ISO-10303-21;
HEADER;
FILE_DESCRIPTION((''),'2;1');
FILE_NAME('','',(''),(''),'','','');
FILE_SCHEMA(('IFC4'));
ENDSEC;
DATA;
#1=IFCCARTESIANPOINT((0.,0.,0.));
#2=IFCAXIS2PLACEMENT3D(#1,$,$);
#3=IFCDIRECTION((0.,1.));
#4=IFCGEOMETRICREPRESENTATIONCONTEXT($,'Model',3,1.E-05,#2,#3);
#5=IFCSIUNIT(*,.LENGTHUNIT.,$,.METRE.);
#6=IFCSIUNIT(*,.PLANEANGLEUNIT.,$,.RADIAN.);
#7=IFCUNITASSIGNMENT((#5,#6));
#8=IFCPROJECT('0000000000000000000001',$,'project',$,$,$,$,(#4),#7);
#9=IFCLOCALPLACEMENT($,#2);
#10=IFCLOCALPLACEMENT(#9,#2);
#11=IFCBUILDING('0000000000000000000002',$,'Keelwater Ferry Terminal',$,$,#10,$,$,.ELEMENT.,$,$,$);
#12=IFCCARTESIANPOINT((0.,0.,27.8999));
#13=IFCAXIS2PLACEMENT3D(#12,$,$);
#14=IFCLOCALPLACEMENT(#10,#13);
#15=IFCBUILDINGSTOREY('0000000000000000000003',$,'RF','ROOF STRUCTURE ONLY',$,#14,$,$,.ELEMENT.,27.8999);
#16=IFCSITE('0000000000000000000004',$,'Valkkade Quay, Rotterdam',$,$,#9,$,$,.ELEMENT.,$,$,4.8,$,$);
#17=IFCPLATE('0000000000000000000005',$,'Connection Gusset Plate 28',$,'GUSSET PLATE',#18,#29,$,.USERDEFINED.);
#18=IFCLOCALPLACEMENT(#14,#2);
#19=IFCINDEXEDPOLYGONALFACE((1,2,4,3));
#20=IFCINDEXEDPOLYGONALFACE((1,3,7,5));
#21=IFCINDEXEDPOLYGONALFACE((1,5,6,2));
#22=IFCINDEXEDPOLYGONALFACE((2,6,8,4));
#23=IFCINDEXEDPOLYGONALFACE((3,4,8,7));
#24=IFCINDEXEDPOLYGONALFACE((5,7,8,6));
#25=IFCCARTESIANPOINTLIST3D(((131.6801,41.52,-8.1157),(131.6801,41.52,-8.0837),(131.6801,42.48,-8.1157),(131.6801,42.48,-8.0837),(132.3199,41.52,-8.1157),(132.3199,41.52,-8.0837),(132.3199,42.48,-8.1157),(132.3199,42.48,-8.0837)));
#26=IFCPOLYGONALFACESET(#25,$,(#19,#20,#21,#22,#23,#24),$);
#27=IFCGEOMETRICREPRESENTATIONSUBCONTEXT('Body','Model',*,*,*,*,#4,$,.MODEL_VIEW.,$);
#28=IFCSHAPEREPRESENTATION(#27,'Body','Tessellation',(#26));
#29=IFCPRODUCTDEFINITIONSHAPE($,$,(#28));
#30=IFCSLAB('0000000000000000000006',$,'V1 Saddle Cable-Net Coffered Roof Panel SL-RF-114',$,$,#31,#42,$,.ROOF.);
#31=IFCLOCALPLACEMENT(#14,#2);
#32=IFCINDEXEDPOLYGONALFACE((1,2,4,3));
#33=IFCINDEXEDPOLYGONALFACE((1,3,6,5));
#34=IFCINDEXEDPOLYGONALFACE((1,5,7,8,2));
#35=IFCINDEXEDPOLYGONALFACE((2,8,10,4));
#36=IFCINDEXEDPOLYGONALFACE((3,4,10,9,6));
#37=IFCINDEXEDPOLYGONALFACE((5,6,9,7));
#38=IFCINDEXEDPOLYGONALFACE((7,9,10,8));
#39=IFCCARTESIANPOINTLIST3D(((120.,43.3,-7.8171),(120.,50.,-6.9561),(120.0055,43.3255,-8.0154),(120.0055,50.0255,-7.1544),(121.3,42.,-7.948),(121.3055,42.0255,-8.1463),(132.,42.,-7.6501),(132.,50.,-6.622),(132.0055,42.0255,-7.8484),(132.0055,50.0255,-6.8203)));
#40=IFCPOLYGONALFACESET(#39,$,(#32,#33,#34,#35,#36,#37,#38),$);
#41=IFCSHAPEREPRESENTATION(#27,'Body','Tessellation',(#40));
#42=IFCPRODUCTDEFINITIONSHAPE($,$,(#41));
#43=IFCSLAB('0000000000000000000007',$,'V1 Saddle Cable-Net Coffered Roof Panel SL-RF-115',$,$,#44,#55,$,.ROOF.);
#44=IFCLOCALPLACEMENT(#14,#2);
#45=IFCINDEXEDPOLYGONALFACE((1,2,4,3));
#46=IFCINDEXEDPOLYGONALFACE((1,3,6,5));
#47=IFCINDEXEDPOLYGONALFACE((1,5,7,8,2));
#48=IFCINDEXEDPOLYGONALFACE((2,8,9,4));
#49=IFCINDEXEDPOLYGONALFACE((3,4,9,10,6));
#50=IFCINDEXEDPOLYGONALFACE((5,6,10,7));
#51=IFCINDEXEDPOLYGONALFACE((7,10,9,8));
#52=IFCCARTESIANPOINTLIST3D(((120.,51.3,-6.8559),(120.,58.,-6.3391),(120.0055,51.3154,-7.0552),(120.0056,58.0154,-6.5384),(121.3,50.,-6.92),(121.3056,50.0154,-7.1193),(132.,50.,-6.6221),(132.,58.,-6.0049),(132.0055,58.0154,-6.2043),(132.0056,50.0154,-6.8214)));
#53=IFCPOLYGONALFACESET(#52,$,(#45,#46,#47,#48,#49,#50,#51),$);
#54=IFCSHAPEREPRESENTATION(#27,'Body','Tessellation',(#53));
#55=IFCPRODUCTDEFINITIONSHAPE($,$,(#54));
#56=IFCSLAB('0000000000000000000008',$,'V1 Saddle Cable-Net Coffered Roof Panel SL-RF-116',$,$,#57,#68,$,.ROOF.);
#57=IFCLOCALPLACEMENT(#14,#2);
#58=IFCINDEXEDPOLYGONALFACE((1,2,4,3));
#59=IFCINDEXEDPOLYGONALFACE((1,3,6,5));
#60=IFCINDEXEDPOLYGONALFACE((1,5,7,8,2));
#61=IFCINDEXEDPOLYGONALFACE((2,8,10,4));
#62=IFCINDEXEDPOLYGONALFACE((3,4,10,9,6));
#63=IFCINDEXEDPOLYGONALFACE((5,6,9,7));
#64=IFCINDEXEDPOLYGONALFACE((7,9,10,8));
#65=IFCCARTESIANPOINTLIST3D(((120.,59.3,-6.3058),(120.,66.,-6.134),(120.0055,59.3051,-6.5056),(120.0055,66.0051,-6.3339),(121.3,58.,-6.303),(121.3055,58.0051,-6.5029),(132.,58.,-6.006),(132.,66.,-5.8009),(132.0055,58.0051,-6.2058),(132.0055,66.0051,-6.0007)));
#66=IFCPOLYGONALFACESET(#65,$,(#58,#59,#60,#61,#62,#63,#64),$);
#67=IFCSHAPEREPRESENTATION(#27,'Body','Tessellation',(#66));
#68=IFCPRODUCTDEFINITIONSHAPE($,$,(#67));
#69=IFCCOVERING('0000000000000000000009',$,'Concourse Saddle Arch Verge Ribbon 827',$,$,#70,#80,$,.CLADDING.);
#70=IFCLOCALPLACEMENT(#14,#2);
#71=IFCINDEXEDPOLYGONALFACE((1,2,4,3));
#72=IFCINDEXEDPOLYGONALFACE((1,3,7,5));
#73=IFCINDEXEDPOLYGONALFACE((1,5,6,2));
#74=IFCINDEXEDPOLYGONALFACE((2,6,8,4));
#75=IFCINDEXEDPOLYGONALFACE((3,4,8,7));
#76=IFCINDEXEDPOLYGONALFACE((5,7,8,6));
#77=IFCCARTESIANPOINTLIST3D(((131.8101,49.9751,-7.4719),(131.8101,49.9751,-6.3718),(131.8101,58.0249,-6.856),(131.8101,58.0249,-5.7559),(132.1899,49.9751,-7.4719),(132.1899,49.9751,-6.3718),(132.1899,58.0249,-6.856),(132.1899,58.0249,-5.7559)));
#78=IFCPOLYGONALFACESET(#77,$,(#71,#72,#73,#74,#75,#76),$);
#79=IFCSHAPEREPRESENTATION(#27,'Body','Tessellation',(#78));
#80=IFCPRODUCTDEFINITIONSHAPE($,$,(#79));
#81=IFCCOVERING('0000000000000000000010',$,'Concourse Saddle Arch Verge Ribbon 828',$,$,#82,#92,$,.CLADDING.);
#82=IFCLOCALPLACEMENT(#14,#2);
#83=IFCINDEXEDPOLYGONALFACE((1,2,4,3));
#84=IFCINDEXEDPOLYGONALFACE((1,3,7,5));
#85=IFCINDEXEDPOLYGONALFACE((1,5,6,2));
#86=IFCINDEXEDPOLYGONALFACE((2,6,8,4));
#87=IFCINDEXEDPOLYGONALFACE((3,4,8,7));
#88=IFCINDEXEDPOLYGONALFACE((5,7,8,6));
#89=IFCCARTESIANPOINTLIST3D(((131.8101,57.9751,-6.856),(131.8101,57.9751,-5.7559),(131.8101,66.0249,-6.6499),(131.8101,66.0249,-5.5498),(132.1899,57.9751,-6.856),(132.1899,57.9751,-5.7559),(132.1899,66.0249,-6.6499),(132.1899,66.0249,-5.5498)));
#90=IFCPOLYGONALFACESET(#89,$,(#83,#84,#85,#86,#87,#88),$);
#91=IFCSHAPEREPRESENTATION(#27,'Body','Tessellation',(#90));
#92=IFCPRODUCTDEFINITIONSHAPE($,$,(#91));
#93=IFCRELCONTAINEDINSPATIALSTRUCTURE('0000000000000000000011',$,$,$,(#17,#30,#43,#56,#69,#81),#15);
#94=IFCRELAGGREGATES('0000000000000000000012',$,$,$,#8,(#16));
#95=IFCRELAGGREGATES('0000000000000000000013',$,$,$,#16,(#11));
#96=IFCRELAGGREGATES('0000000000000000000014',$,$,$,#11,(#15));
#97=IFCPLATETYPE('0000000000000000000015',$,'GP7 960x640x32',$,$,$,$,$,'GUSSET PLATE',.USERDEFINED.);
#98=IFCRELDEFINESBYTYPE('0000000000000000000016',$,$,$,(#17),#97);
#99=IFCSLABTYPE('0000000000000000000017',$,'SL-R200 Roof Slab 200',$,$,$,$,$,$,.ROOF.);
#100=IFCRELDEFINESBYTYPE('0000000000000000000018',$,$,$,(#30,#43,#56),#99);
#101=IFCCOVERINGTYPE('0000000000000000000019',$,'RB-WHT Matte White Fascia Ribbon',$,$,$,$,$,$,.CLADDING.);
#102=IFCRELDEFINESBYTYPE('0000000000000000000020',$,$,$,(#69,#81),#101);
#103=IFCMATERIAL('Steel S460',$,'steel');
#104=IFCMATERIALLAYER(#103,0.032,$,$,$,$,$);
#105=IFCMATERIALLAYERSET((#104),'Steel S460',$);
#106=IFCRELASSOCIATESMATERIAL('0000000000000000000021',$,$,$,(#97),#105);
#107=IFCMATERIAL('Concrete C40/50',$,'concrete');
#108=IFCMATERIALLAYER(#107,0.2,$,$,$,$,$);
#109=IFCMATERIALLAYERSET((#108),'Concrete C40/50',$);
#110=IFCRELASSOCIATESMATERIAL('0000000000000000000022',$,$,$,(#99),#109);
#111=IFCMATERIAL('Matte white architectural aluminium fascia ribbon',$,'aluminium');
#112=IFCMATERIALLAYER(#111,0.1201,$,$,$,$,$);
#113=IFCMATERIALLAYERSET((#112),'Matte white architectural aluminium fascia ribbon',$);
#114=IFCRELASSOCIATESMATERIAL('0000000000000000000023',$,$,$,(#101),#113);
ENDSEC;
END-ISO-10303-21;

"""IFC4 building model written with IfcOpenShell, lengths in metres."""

from ifc_helpers import new_model, si_unit, direction, frame, origin, origin_with_axes, origin_2d, place, context, subcontext, project, spatial, polyline, rectangle, outline, extrude, material, layer, layer_set, type_object, element, save


model = new_model("IFC4")

# Units and contexts
model_context = context("Model", 3, precision=1e-05, world=origin(), true_north=direction((0.0, 1.0)))
body_context = subcontext(model_context, "Body", "Model", "MODEL_VIEW")
ifc_project = project(units=[si_unit("LENGTHUNIT", "METRE"), si_unit("PLANEANGLEUNIT", "RADIAN")], contexts=[model_context])

# Site, building, storey
site_placement = place(None, origin())
site = spatial("IfcSite", under=ifc_project, at=site_placement, Name="Valkkade Quay, Rotterdam", CompositionType="ELEMENT", RefElevation=4.8)
building_placement = place(site_placement, origin())
building = spatial("IfcBuilding", under=site, at=building_placement, Name="Keelwater Ferry Terminal", CompositionType="ELEMENT")
storey_placement = place(building_placement, frame((0.0, 0.0, 27.8999)))
storey = spatial("IfcBuildingStorey", under=building, at=storey_placement, Name="RF", Description="ROOF STRUCTURE ONLY", CompositionType="ELEMENT", Elevation=27.8999)

# Plate
ifc_material_1 = material(Name="Steel S460", Category="steel")
ifc_layer_1 = layer(ifc_material_1, 0.032)
ifc_layer_set_1 = layer_set([ifc_layer_1], Name="Steel S460")
plate_type = type_object("IfcPlateType", Name="GP7 960x640x32", ElementType="GUSSET PLATE", PredefinedType="USERDEFINED", material=ifc_layer_set_1)
plate_placement = place(storey_placement, frame((132.0, 42.0, -8.1157), z_axis=(0.0, 0.0, 1.0), x_axis=(0.0, 1.0, 0.0)))
element("IfcPlate", 1, at=plate_placement, inside=storey, type_object=plate_type, Name="Connection Gusset Plate 28", ObjectType="GUSSET PLATE", PredefinedType="USERDEFINED", context=body_context, shape_type="SweptSolid", body=[
    extrude(rectangle(XDim=0.96, YDim=0.6399, at=origin_2d()), origin(), (0.0, 0.0, 1.0), 0.032),
])

# Slabs
ifc_material_2 = material(Name="Concrete C40/50", Category="concrete")
ifc_layer_2 = layer(ifc_material_2, 0.2)
ifc_layer_set_2 = layer_set([ifc_layer_2], Name="Concrete C40/50")
slab_type = type_object("IfcSlabType", Name="SL-R200 Roof Slab 200", PredefinedType="ROOF", material=ifc_layer_set_2)
slab_1_placement = place(storey_placement, frame((121.3055, 42.0255, -8.1463), z_axis=(-0.027601, -0.127413, 0.991466), x_axis=(0.999619, -0.003518, 0.027376)))
element("IfcSlab", 2, at=slab_1_placement, inside=storey, type_object=slab_type, Name="V1 Saddle Cable-Net Coffered Roof Panel SL-RF-114", PredefinedType="ROOF", context=body_context, shape_type="SweptSolid", body=[
    extrude(outline(polyline([(0.0, 0.0), (10.7041, 0.038), (10.7041, 8.1038), (-1.3005, 8.0612), (-1.3005, 1.3061), (0.0, 0.0)])), origin_with_axes(), (0.0, 0.0, 1.0), 0.2),
])
slab_2_placement = place(storey_placement, frame((121.3056, 50.0154, -7.1193), z_axis=(-0.027752, -0.076883, 0.996654), x_axis=(0.999615, -0.002134, 0.02767)))
element("IfcSlab", 3, at=slab_2_placement, inside=storey, type_object=slab_type, Name="V1 Saddle Cable-Net Coffered Roof Panel SL-RF-115", PredefinedType="ROOF", context=body_context, shape_type="SweptSolid", body=[
    extrude(outline(polyline([(0.0, 0.0), (10.7041, 0.0229), (10.7041, 8.0467), (-1.3005, 8.021), (-1.3005, 1.3011), (0.0, 0.0)])), origin_with_axes(), (0.0, 0.0, 1.0), 0.2),
])
slab_3_placement = place(storey_placement, frame((121.3055, 58.0051, -6.5029), z_axis=(-0.027741, -0.025619, 0.999287), x_axis=(0.999615, -0.000711, 0.027732)))
element("IfcSlab", 4, at=slab_3_placement, inside=storey, type_object=slab_type, Name="V1 Saddle Cable-Net Coffered Roof Panel SL-RF-116", PredefinedType="ROOF", context=body_context, shape_type="SweptSolid", body=[
    extrude(outline(polyline([(0.0, 0.0), (10.7041, 0.0076), (10.7041, 8.0102), (-1.3005, 8.0017), (-1.3005, 1.2995), (0.0, 0.0)])), origin_with_axes(), (0.0, 0.0, 1.0), 0.2),
])

# Coverings
ifc_material_3 = material(Name="Matte white architectural aluminium fascia ribbon", Category="aluminium")
ifc_layer_3 = layer(ifc_material_3, 0.1201)
ifc_layer_set_3 = layer_set([ifc_layer_3], Name="Matte white architectural aluminium fascia ribbon")
covering_type = type_object("IfcCoveringType", Name="RB-WHT Matte White Fascia Ribbon", PredefinedType="CLADDING", material=ifc_layer_set_3)
covering_1_placement = place(storey_placement, frame((132.0, 49.9751, -7.4719), z_axis=(0.0, 0.0, 1.0), x_axis=(0.0, 1.0, 0.0)))
element("IfcCovering", 5, at=covering_1_placement, inside=storey, type_object=covering_type, Name="Concourse Saddle Arch Verge Ribbon 827", PredefinedType="CLADDING", context=body_context, shape_type="SweptSolid", body=[
    extrude(outline(polyline([(0.0, 0.0), (8.0498, 0.616), (8.0498, 1.7161), (0.0, 1.1001), (0.0, 0.0)])), frame((0.0, 0.1899, 0.0), z_axis=(0.0, -1.0, 0.0), x_axis=(1.0, 0.0, 0.0)), (0.0, 0.0, 1.0), 0.3799),
])
covering_2_placement = place(storey_placement, frame((132.0, 57.9751, -6.856), z_axis=(0.0, 0.0, 1.0), x_axis=(0.0, 1.0, 0.0)))
element("IfcCovering", 6, at=covering_2_placement, inside=storey, type_object=covering_type, Name="Concourse Saddle Arch Verge Ribbon 828", PredefinedType="CLADDING", context=body_context, shape_type="SweptSolid", body=[
    extrude(outline(polyline([(0.0, 0.0), (8.0498, 0.2061), (8.0498, 1.3062), (0.0, 1.1001), (0.0, 0.0)])), frame((0.0, 0.1899, 0.0), z_axis=(0.0, -1.0, 0.0), x_axis=(1.0, 0.0, 0.0)), (0.0, 0.0, 1.0), 0.3799),
])

save(model, "model.ifc")
